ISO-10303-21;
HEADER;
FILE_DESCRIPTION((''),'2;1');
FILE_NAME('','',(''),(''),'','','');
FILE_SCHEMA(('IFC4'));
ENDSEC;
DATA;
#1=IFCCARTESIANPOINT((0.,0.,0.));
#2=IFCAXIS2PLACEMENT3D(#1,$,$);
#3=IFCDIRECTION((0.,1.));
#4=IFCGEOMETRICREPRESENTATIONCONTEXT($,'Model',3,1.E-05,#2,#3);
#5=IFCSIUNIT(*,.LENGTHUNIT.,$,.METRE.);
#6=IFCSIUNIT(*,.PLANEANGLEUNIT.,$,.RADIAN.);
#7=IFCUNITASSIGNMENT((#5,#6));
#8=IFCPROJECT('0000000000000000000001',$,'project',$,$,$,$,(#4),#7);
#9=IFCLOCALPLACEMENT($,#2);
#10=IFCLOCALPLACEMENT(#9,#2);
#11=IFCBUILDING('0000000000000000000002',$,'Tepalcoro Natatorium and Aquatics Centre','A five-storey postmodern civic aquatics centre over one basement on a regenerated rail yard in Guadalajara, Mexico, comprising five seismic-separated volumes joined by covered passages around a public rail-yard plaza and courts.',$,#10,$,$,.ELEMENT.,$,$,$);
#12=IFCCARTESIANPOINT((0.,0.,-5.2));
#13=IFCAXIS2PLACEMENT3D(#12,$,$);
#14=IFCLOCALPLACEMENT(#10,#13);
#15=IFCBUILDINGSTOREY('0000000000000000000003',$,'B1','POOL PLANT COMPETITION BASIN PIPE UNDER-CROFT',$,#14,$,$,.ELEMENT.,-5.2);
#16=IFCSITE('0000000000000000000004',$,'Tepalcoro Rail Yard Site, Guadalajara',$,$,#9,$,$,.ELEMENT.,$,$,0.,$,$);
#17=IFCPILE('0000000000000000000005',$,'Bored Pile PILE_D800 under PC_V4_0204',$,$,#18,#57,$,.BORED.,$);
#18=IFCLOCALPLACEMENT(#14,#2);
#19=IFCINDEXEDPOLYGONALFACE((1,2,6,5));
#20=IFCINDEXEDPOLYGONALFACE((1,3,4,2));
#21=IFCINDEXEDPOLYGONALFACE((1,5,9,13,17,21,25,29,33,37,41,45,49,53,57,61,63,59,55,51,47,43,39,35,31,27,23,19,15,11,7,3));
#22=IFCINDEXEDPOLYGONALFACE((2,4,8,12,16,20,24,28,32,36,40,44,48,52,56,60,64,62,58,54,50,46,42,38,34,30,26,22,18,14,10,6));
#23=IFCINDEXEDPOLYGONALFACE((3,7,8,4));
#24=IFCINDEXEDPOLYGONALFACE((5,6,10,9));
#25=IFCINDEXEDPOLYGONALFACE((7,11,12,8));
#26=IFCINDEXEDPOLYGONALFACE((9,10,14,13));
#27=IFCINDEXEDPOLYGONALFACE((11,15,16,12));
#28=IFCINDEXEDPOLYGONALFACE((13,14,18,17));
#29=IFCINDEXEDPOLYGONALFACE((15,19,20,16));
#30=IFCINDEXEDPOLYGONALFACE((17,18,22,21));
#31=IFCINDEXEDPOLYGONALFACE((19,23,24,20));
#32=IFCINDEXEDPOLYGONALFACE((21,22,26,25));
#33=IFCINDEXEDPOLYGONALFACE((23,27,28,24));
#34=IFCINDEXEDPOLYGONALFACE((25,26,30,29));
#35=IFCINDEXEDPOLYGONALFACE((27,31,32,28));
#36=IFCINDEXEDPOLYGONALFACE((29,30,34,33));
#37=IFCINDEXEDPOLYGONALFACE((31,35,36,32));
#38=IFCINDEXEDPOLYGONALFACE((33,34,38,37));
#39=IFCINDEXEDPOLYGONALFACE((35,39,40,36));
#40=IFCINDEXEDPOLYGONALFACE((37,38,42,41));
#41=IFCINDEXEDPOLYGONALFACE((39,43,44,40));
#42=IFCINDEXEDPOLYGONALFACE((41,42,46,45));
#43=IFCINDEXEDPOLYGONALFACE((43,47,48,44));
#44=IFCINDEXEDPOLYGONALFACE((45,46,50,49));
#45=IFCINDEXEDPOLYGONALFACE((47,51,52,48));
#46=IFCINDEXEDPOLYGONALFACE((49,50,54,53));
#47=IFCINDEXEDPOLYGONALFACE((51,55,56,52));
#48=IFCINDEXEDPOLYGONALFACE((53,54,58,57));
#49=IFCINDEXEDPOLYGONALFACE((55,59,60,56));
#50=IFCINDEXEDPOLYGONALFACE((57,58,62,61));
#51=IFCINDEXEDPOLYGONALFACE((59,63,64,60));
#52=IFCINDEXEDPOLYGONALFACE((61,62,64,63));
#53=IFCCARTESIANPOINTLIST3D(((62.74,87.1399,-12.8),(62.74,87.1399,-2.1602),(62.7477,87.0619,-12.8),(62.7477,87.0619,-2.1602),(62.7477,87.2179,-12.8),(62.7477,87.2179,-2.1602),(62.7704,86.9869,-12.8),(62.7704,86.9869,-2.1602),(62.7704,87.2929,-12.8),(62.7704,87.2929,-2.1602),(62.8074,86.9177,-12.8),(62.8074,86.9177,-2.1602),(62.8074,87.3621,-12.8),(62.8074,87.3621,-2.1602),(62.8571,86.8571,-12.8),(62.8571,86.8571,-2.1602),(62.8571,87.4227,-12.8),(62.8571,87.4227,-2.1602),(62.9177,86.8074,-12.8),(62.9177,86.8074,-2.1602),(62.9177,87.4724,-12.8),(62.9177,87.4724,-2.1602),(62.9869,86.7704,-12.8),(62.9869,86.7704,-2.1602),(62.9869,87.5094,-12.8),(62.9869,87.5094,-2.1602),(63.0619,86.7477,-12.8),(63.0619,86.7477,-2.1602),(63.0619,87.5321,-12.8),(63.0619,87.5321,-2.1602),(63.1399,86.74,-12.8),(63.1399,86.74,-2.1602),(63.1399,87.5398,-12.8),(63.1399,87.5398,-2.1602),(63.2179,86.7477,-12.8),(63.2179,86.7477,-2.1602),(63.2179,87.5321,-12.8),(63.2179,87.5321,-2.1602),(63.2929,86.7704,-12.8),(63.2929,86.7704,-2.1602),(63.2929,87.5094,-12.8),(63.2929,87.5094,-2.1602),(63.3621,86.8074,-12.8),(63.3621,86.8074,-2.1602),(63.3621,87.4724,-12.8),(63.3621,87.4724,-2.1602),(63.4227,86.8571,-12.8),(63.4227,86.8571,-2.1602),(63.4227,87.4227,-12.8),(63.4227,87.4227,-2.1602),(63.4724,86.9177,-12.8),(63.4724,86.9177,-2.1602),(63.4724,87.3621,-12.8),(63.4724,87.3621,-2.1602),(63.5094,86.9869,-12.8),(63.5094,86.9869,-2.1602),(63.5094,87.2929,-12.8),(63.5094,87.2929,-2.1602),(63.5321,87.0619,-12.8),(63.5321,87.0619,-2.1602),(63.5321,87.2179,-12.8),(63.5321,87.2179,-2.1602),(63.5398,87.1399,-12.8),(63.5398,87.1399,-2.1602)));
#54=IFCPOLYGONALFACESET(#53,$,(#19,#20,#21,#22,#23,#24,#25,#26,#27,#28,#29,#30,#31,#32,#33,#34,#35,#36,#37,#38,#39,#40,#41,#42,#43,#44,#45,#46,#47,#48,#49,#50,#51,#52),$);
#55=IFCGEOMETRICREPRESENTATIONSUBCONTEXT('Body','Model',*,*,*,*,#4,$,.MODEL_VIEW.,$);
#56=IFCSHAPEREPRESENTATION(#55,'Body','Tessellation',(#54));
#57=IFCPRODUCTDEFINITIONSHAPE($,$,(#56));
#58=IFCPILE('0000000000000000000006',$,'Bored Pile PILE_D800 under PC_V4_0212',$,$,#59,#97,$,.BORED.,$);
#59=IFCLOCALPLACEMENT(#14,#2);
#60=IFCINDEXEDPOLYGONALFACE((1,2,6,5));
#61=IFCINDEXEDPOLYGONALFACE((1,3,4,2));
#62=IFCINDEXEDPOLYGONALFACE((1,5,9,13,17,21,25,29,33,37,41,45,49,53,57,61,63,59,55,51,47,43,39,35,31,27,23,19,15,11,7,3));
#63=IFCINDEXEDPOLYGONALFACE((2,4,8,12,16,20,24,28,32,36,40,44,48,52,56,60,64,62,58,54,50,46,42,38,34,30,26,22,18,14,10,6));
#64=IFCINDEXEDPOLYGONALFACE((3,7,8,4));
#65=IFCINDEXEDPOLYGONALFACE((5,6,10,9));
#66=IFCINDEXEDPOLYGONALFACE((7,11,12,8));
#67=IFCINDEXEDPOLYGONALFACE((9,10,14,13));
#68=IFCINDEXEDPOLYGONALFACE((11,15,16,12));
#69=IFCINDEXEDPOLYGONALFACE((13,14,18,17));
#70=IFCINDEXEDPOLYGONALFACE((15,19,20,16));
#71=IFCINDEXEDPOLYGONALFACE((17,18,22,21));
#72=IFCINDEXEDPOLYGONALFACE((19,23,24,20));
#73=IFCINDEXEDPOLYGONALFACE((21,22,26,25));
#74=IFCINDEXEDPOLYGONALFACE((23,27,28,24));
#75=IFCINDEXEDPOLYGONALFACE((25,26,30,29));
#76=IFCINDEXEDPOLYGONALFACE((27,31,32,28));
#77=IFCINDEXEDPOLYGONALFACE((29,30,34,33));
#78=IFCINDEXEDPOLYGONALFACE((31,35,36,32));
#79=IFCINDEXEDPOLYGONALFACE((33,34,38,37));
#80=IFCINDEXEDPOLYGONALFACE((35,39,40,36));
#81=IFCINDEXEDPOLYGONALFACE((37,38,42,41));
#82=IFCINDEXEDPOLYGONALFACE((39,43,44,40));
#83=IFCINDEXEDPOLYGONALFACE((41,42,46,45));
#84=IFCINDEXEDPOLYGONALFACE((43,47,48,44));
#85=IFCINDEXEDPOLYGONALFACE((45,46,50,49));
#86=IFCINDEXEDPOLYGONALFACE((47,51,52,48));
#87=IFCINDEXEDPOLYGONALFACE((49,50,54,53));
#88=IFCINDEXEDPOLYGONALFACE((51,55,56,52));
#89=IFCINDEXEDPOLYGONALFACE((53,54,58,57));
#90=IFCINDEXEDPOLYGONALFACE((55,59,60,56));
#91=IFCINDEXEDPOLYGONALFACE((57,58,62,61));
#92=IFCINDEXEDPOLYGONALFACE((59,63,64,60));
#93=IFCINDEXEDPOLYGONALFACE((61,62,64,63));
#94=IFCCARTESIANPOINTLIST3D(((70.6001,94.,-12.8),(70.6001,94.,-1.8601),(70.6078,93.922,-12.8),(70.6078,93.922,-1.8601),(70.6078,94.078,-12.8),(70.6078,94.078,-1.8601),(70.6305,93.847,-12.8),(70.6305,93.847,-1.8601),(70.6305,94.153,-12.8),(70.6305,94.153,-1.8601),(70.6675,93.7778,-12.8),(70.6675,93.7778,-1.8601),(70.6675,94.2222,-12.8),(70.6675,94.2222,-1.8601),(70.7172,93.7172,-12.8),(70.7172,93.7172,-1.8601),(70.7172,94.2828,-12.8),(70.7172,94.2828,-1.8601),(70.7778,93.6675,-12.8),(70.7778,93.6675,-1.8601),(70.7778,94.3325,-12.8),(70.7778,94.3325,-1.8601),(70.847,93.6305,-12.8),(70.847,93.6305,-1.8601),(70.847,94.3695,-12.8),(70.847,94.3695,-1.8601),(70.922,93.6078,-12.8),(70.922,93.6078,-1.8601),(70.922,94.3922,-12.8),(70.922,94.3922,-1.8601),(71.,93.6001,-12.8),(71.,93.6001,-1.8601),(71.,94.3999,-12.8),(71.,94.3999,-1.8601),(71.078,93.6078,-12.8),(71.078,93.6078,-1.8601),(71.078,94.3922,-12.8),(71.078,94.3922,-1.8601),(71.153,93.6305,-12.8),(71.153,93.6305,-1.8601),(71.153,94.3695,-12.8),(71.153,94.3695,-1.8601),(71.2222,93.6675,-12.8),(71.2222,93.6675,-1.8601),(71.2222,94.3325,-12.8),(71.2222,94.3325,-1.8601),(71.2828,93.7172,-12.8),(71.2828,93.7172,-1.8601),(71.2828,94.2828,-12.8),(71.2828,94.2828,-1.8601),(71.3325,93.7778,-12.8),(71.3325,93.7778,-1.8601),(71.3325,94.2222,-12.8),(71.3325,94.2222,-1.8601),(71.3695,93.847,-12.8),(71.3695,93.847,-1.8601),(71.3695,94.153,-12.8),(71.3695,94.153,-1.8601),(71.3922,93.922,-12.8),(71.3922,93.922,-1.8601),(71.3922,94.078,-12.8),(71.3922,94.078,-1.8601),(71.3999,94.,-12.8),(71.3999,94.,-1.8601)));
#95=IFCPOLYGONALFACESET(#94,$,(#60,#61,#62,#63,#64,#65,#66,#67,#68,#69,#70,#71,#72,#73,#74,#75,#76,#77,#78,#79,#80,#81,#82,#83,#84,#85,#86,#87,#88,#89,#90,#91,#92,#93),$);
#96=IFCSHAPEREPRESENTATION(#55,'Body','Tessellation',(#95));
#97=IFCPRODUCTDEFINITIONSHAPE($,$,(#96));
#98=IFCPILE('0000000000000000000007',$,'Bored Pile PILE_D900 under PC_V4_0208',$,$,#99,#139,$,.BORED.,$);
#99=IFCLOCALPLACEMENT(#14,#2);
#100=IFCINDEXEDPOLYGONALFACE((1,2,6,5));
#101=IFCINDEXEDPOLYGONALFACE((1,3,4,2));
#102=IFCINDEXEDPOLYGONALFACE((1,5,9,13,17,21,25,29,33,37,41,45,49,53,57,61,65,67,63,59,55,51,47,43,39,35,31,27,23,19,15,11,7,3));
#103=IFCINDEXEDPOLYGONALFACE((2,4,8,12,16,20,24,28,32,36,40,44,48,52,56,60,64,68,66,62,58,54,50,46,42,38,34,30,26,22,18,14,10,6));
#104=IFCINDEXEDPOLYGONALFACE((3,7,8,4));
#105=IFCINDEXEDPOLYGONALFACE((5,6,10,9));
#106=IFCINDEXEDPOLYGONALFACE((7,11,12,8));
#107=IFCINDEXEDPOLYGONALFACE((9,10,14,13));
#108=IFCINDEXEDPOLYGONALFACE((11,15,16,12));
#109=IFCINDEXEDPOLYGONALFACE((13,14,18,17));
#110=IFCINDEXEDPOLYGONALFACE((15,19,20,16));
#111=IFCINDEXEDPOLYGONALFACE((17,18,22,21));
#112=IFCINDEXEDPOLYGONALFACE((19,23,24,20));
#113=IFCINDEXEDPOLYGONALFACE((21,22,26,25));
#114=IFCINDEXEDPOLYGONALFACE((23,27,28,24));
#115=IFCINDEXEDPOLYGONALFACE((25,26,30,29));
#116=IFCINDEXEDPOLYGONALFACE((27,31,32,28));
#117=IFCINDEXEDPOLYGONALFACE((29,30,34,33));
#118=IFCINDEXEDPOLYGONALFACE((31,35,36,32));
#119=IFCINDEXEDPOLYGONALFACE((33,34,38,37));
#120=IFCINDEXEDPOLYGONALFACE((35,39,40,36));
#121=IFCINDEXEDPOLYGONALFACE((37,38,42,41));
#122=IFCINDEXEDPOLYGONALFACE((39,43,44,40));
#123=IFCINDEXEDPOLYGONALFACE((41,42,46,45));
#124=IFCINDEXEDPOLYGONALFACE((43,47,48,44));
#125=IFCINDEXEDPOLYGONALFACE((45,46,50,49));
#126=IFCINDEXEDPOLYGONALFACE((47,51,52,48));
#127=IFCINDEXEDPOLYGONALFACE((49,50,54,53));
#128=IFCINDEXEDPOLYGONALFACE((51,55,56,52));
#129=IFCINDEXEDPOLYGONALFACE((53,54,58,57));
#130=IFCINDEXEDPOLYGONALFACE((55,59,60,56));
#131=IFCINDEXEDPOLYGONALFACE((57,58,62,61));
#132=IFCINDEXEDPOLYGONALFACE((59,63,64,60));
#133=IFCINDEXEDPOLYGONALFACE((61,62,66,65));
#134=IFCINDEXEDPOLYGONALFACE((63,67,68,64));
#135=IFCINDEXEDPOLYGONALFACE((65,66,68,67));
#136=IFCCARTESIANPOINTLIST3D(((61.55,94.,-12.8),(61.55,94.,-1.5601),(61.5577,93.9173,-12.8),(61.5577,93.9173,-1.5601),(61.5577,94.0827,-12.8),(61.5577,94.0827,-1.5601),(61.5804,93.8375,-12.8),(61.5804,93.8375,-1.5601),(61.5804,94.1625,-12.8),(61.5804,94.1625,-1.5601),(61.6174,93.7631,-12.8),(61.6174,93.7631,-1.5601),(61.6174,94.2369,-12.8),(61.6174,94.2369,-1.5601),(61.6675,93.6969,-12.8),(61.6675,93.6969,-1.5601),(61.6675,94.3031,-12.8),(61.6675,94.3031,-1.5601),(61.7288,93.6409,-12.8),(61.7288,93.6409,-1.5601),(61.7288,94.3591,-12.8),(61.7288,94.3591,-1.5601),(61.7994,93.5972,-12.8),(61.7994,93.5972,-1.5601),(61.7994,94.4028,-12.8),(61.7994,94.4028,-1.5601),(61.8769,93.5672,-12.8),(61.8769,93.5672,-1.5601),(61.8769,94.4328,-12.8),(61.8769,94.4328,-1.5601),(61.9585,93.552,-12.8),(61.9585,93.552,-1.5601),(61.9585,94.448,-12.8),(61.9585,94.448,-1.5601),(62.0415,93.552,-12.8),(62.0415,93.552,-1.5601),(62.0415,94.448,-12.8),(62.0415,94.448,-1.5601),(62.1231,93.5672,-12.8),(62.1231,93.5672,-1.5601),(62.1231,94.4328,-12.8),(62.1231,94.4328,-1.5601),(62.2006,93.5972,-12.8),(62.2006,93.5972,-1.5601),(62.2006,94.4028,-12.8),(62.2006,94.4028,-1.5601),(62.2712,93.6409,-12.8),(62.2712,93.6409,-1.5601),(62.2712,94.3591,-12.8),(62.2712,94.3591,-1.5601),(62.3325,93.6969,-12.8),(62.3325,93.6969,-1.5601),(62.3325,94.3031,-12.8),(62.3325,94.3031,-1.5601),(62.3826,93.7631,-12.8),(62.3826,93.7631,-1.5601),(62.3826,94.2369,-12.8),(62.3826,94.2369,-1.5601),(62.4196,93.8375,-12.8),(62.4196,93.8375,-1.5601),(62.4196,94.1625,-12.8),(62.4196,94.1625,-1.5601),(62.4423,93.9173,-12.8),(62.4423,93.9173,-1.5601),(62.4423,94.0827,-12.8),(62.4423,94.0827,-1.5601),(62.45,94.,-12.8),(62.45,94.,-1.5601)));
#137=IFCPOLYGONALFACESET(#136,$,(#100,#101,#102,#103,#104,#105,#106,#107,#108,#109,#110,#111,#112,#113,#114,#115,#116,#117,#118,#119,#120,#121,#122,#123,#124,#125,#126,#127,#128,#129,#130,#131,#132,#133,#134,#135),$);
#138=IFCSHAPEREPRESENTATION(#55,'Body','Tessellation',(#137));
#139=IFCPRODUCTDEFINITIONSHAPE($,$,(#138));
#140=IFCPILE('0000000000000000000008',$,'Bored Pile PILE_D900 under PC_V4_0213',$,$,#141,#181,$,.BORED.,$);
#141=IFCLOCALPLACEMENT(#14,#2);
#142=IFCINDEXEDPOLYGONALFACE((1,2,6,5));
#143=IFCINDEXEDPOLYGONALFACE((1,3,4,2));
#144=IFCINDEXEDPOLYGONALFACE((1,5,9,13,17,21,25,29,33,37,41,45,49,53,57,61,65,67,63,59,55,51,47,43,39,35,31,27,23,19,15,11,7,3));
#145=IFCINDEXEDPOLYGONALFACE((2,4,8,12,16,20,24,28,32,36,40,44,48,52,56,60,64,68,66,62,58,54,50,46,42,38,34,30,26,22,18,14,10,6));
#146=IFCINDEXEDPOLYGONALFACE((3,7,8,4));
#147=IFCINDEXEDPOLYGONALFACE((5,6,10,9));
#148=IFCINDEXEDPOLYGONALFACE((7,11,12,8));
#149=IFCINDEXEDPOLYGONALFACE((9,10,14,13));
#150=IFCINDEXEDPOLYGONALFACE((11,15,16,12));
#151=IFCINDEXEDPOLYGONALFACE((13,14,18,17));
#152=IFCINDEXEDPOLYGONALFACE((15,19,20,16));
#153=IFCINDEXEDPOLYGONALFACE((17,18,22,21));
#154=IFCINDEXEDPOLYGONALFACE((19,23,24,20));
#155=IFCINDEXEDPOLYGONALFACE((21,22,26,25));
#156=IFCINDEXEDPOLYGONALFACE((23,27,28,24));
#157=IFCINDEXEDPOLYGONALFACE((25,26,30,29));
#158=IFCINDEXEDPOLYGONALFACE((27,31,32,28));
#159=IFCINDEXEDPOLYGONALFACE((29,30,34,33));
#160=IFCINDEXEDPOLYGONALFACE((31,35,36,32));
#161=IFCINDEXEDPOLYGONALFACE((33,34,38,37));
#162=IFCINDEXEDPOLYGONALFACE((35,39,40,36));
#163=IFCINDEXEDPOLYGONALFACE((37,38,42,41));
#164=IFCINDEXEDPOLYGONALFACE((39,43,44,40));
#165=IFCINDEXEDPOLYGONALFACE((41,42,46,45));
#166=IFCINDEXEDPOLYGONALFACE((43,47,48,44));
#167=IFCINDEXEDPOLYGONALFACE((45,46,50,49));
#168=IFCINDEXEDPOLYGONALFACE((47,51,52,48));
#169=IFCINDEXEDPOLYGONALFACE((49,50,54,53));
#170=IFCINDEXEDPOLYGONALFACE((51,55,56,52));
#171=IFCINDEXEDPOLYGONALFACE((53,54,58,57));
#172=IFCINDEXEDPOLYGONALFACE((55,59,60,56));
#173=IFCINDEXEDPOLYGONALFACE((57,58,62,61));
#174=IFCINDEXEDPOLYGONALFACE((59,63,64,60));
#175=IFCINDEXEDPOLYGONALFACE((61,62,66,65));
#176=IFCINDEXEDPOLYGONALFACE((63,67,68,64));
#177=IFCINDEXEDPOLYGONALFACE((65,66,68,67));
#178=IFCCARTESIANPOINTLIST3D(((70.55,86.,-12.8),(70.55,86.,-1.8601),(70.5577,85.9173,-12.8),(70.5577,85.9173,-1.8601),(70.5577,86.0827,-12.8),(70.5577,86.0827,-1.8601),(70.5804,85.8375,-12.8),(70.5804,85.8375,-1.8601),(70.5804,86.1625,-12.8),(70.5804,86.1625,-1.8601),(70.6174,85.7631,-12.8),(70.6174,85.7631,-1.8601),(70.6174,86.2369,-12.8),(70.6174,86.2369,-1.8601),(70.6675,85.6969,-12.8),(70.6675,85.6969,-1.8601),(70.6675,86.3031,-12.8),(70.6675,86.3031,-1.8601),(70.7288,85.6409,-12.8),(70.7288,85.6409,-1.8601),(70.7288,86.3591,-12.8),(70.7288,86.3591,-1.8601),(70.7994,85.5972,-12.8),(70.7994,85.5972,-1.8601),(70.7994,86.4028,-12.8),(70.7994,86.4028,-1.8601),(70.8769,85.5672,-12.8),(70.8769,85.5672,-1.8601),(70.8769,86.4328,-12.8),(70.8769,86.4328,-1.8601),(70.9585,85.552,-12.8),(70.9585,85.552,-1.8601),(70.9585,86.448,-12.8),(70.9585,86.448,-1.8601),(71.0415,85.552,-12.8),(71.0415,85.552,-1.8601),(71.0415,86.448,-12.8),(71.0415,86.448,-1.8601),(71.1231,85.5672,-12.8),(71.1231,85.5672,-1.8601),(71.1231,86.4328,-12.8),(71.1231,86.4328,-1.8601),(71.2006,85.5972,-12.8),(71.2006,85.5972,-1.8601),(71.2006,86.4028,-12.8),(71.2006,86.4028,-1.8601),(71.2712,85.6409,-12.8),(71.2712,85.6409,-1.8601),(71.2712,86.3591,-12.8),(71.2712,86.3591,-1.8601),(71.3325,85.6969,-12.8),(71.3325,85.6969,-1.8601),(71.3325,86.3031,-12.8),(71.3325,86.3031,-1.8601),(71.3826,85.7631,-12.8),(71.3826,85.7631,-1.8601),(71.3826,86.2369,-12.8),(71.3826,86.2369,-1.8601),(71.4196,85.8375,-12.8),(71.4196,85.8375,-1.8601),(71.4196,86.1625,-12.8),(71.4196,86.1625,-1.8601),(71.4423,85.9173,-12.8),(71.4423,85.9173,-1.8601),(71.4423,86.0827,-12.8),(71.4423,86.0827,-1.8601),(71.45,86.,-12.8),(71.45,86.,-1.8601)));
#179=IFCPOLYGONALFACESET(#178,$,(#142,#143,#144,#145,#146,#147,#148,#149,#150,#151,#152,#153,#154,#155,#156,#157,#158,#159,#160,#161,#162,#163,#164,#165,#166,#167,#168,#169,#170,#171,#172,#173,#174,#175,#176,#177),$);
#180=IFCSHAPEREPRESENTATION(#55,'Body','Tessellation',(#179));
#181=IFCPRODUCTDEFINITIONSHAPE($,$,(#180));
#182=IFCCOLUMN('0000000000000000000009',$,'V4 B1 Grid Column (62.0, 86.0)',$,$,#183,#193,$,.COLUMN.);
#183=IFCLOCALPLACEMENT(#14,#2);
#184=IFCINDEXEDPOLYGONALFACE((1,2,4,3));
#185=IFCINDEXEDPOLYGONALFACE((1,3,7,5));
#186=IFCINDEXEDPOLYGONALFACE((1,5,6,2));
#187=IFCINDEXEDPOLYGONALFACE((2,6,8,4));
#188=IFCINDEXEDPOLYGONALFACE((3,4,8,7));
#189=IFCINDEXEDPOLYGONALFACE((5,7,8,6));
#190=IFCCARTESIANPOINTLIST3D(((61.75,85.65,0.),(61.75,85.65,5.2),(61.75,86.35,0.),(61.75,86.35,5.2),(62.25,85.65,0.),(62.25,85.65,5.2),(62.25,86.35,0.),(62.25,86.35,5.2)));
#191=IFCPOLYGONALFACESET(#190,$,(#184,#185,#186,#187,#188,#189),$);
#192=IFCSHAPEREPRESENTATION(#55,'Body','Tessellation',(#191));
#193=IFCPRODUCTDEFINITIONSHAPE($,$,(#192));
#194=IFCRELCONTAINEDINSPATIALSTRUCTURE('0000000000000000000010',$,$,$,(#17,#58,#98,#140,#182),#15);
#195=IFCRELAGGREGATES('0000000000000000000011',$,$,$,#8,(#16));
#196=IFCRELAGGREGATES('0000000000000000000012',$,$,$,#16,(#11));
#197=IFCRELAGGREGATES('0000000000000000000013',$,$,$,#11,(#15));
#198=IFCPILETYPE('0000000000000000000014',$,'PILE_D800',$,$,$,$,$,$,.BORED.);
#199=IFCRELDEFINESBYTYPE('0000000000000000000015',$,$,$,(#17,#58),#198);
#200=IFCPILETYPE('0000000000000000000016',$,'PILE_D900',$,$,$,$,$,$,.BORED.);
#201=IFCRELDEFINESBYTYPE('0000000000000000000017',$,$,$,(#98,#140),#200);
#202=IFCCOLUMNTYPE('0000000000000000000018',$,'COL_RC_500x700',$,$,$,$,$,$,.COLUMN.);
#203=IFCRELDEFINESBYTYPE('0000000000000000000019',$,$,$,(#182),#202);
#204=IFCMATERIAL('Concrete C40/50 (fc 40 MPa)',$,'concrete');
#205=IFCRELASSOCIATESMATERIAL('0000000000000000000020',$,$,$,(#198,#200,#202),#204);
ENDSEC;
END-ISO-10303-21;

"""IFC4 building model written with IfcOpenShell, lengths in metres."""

from ifc_helpers import new_model, si_unit, direction, frame, origin, origin_2d, place, context, subcontext, project, spatial, rectangle, circle, extrude, material, material_profile, profile_set, type_object, element, save


model = new_model("IFC4")

# Units and contexts
model_context = context("Model", 3, precision=1e-05, world=origin(), true_north=direction((0.0, 1.0)))
body_context = subcontext(model_context, "Body", "Model", "MODEL_VIEW")
ifc_project = project(units=[si_unit("LENGTHUNIT", "METRE"), si_unit("PLANEANGLEUNIT", "RADIAN")], contexts=[model_context])

# Site, building, storey
site_placement = place(None, origin())
site = spatial("IfcSite", under=ifc_project, at=site_placement, Name="Tepalcoro Rail Yard Site, Guadalajara", CompositionType="ELEMENT", RefElevation=0.0)
building_placement = place(site_placement, origin())
building = spatial("IfcBuilding", under=site, at=building_placement, Name="Tepalcoro Natatorium and Aquatics Centre", Description="A five-storey postmodern civic aquatics centre over one basement on a regenerated rail yard in Guadalajara, Mexico, comprising five seismic-separated volumes joined by covered passages around a public rail-yard plaza and courts.", CompositionType="ELEMENT")
storey_placement = place(building_placement, frame((0.0, 0.0, -5.2)))
storey = spatial("IfcBuildingStorey", under=building, at=storey_placement, Name="B1", Description="POOL PLANT COMPETITION BASIN PIPE UNDER-CROFT", CompositionType="ELEMENT", Elevation=-5.2)

# Piles
ifc_material_1 = material(Name="Concrete C40/50 (fc 40 MPa)", Category="concrete")
ifc_material_profile_1 = material_profile(ifc_material_1, circle(Radius=0.3999, at=origin_2d()), Name="PILE_D800")
ifc_profile_set_1 = profile_set([ifc_material_profile_1], Name="Concrete C40/50 (fc 40 MPa)")
pile_type_1 = type_object("IfcPileType", Name="PILE_D800", PredefinedType="BORED", material=ifc_profile_set_1)
for number, where, z_axis, x_axis, name in (
    (1, (63.1399, 87.1399, -2.1602), (0.0, 0.0, -1.0), (1.0, 0.0, 0.0), "Bored Pile PILE_D800 under PC_V4_0204"),
):
    element("IfcPile", number, at=place(storey_placement, frame(where, z_axis=z_axis, x_axis=x_axis)), inside=storey, type_object=pile_type_1, Name=name, PredefinedType="BORED", context=body_context, shape_type="SweptSolid", body=[
        extrude(circle(Radius=0.3999, at=origin_2d()), origin(), (0.0, 0.0, 1.0), 10.6399),
    ])
pile_1_placement = place(storey_placement, frame((71.0, 94.0, -1.8601), z_axis=(0.0, 0.0, -1.0), x_axis=(1.0, 0.0, 0.0)))
element("IfcPile", 2, at=pile_1_placement, inside=storey, type_object=pile_type_1, Name="Bored Pile PILE_D800 under PC_V4_0212", PredefinedType="BORED", context=body_context, shape_type="SweptSolid", body=[
    extrude(circle(Radius=0.3999, at=origin_2d()), origin(), (0.0, 0.0, 1.0), 10.9399),
])
ifc_material_profile_2 = material_profile(ifc_material_1, circle(Radius=0.45, at=origin_2d()), Name="PILE_D900")
ifc_profile_set_2 = profile_set([ifc_material_profile_2], Name="Concrete C40/50 (fc 40 MPa)")
pile_type_2 = type_object("IfcPileType", Name="PILE_D900", PredefinedType="BORED", material=ifc_profile_set_2)
pile_2_placement = place(storey_placement, frame((62.0, 94.0, -1.5601), z_axis=(0.0, 0.0, -1.0), x_axis=(1.0, 0.0, 0.0)))
element("IfcPile", 3, at=pile_2_placement, inside=storey, type_object=pile_type_2, Name="Bored Pile PILE_D900 under PC_V4_0208", PredefinedType="BORED", context=body_context, shape_type="SweptSolid", body=[
    extrude(circle(Radius=0.45, at=origin_2d()), origin(), (0.0, 0.0, 1.0), 11.24),
])
pile_3_placement = place(storey_placement, frame((71.0, 86.0, -1.8601), z_axis=(0.0, 0.0, -1.0), x_axis=(1.0, 0.0, 0.0)))
element("IfcPile", 4, at=pile_3_placement, inside=storey, type_object=pile_type_2, Name="Bored Pile PILE_D900 under PC_V4_0213", PredefinedType="BORED", context=body_context, shape_type="SweptSolid", body=[
    extrude(circle(Radius=0.45, at=origin_2d()), origin(), (0.0, 0.0, 1.0), 10.9399),
])

# Column
ifc_material_profile_3 = material_profile(ifc_material_1, rectangle(XDim=0.5, YDim=0.7, at=origin_2d()), Name="RC500x700")
ifc_profile_set_3 = profile_set([ifc_material_profile_3], Name="Concrete C40/50 (fc 40 MPa)")
column_type_1 = type_object("IfcColumnType", Name="COL_RC_500x700", PredefinedType="COLUMN", material=ifc_profile_set_3)
column_1_placement = place(storey_placement, frame((62.0, 86.0, 0.0), z_axis=(0.0, 0.0, 1.0), x_axis=(1.0, 0.0, 0.0)))
element("IfcColumn", 5, at=column_1_placement, inside=storey, type_object=column_type_1, Name="V4 B1 Grid Column (62.0, 86.0)", PredefinedType="COLUMN", context=body_context, shape_type="SweptSolid", body=[
    extrude(rectangle(XDim=0.5, YDim=0.7, at=origin_2d()), origin(), (0.0, 0.0, 1.0), 5.2),
])

save(model, "model.ifc")
